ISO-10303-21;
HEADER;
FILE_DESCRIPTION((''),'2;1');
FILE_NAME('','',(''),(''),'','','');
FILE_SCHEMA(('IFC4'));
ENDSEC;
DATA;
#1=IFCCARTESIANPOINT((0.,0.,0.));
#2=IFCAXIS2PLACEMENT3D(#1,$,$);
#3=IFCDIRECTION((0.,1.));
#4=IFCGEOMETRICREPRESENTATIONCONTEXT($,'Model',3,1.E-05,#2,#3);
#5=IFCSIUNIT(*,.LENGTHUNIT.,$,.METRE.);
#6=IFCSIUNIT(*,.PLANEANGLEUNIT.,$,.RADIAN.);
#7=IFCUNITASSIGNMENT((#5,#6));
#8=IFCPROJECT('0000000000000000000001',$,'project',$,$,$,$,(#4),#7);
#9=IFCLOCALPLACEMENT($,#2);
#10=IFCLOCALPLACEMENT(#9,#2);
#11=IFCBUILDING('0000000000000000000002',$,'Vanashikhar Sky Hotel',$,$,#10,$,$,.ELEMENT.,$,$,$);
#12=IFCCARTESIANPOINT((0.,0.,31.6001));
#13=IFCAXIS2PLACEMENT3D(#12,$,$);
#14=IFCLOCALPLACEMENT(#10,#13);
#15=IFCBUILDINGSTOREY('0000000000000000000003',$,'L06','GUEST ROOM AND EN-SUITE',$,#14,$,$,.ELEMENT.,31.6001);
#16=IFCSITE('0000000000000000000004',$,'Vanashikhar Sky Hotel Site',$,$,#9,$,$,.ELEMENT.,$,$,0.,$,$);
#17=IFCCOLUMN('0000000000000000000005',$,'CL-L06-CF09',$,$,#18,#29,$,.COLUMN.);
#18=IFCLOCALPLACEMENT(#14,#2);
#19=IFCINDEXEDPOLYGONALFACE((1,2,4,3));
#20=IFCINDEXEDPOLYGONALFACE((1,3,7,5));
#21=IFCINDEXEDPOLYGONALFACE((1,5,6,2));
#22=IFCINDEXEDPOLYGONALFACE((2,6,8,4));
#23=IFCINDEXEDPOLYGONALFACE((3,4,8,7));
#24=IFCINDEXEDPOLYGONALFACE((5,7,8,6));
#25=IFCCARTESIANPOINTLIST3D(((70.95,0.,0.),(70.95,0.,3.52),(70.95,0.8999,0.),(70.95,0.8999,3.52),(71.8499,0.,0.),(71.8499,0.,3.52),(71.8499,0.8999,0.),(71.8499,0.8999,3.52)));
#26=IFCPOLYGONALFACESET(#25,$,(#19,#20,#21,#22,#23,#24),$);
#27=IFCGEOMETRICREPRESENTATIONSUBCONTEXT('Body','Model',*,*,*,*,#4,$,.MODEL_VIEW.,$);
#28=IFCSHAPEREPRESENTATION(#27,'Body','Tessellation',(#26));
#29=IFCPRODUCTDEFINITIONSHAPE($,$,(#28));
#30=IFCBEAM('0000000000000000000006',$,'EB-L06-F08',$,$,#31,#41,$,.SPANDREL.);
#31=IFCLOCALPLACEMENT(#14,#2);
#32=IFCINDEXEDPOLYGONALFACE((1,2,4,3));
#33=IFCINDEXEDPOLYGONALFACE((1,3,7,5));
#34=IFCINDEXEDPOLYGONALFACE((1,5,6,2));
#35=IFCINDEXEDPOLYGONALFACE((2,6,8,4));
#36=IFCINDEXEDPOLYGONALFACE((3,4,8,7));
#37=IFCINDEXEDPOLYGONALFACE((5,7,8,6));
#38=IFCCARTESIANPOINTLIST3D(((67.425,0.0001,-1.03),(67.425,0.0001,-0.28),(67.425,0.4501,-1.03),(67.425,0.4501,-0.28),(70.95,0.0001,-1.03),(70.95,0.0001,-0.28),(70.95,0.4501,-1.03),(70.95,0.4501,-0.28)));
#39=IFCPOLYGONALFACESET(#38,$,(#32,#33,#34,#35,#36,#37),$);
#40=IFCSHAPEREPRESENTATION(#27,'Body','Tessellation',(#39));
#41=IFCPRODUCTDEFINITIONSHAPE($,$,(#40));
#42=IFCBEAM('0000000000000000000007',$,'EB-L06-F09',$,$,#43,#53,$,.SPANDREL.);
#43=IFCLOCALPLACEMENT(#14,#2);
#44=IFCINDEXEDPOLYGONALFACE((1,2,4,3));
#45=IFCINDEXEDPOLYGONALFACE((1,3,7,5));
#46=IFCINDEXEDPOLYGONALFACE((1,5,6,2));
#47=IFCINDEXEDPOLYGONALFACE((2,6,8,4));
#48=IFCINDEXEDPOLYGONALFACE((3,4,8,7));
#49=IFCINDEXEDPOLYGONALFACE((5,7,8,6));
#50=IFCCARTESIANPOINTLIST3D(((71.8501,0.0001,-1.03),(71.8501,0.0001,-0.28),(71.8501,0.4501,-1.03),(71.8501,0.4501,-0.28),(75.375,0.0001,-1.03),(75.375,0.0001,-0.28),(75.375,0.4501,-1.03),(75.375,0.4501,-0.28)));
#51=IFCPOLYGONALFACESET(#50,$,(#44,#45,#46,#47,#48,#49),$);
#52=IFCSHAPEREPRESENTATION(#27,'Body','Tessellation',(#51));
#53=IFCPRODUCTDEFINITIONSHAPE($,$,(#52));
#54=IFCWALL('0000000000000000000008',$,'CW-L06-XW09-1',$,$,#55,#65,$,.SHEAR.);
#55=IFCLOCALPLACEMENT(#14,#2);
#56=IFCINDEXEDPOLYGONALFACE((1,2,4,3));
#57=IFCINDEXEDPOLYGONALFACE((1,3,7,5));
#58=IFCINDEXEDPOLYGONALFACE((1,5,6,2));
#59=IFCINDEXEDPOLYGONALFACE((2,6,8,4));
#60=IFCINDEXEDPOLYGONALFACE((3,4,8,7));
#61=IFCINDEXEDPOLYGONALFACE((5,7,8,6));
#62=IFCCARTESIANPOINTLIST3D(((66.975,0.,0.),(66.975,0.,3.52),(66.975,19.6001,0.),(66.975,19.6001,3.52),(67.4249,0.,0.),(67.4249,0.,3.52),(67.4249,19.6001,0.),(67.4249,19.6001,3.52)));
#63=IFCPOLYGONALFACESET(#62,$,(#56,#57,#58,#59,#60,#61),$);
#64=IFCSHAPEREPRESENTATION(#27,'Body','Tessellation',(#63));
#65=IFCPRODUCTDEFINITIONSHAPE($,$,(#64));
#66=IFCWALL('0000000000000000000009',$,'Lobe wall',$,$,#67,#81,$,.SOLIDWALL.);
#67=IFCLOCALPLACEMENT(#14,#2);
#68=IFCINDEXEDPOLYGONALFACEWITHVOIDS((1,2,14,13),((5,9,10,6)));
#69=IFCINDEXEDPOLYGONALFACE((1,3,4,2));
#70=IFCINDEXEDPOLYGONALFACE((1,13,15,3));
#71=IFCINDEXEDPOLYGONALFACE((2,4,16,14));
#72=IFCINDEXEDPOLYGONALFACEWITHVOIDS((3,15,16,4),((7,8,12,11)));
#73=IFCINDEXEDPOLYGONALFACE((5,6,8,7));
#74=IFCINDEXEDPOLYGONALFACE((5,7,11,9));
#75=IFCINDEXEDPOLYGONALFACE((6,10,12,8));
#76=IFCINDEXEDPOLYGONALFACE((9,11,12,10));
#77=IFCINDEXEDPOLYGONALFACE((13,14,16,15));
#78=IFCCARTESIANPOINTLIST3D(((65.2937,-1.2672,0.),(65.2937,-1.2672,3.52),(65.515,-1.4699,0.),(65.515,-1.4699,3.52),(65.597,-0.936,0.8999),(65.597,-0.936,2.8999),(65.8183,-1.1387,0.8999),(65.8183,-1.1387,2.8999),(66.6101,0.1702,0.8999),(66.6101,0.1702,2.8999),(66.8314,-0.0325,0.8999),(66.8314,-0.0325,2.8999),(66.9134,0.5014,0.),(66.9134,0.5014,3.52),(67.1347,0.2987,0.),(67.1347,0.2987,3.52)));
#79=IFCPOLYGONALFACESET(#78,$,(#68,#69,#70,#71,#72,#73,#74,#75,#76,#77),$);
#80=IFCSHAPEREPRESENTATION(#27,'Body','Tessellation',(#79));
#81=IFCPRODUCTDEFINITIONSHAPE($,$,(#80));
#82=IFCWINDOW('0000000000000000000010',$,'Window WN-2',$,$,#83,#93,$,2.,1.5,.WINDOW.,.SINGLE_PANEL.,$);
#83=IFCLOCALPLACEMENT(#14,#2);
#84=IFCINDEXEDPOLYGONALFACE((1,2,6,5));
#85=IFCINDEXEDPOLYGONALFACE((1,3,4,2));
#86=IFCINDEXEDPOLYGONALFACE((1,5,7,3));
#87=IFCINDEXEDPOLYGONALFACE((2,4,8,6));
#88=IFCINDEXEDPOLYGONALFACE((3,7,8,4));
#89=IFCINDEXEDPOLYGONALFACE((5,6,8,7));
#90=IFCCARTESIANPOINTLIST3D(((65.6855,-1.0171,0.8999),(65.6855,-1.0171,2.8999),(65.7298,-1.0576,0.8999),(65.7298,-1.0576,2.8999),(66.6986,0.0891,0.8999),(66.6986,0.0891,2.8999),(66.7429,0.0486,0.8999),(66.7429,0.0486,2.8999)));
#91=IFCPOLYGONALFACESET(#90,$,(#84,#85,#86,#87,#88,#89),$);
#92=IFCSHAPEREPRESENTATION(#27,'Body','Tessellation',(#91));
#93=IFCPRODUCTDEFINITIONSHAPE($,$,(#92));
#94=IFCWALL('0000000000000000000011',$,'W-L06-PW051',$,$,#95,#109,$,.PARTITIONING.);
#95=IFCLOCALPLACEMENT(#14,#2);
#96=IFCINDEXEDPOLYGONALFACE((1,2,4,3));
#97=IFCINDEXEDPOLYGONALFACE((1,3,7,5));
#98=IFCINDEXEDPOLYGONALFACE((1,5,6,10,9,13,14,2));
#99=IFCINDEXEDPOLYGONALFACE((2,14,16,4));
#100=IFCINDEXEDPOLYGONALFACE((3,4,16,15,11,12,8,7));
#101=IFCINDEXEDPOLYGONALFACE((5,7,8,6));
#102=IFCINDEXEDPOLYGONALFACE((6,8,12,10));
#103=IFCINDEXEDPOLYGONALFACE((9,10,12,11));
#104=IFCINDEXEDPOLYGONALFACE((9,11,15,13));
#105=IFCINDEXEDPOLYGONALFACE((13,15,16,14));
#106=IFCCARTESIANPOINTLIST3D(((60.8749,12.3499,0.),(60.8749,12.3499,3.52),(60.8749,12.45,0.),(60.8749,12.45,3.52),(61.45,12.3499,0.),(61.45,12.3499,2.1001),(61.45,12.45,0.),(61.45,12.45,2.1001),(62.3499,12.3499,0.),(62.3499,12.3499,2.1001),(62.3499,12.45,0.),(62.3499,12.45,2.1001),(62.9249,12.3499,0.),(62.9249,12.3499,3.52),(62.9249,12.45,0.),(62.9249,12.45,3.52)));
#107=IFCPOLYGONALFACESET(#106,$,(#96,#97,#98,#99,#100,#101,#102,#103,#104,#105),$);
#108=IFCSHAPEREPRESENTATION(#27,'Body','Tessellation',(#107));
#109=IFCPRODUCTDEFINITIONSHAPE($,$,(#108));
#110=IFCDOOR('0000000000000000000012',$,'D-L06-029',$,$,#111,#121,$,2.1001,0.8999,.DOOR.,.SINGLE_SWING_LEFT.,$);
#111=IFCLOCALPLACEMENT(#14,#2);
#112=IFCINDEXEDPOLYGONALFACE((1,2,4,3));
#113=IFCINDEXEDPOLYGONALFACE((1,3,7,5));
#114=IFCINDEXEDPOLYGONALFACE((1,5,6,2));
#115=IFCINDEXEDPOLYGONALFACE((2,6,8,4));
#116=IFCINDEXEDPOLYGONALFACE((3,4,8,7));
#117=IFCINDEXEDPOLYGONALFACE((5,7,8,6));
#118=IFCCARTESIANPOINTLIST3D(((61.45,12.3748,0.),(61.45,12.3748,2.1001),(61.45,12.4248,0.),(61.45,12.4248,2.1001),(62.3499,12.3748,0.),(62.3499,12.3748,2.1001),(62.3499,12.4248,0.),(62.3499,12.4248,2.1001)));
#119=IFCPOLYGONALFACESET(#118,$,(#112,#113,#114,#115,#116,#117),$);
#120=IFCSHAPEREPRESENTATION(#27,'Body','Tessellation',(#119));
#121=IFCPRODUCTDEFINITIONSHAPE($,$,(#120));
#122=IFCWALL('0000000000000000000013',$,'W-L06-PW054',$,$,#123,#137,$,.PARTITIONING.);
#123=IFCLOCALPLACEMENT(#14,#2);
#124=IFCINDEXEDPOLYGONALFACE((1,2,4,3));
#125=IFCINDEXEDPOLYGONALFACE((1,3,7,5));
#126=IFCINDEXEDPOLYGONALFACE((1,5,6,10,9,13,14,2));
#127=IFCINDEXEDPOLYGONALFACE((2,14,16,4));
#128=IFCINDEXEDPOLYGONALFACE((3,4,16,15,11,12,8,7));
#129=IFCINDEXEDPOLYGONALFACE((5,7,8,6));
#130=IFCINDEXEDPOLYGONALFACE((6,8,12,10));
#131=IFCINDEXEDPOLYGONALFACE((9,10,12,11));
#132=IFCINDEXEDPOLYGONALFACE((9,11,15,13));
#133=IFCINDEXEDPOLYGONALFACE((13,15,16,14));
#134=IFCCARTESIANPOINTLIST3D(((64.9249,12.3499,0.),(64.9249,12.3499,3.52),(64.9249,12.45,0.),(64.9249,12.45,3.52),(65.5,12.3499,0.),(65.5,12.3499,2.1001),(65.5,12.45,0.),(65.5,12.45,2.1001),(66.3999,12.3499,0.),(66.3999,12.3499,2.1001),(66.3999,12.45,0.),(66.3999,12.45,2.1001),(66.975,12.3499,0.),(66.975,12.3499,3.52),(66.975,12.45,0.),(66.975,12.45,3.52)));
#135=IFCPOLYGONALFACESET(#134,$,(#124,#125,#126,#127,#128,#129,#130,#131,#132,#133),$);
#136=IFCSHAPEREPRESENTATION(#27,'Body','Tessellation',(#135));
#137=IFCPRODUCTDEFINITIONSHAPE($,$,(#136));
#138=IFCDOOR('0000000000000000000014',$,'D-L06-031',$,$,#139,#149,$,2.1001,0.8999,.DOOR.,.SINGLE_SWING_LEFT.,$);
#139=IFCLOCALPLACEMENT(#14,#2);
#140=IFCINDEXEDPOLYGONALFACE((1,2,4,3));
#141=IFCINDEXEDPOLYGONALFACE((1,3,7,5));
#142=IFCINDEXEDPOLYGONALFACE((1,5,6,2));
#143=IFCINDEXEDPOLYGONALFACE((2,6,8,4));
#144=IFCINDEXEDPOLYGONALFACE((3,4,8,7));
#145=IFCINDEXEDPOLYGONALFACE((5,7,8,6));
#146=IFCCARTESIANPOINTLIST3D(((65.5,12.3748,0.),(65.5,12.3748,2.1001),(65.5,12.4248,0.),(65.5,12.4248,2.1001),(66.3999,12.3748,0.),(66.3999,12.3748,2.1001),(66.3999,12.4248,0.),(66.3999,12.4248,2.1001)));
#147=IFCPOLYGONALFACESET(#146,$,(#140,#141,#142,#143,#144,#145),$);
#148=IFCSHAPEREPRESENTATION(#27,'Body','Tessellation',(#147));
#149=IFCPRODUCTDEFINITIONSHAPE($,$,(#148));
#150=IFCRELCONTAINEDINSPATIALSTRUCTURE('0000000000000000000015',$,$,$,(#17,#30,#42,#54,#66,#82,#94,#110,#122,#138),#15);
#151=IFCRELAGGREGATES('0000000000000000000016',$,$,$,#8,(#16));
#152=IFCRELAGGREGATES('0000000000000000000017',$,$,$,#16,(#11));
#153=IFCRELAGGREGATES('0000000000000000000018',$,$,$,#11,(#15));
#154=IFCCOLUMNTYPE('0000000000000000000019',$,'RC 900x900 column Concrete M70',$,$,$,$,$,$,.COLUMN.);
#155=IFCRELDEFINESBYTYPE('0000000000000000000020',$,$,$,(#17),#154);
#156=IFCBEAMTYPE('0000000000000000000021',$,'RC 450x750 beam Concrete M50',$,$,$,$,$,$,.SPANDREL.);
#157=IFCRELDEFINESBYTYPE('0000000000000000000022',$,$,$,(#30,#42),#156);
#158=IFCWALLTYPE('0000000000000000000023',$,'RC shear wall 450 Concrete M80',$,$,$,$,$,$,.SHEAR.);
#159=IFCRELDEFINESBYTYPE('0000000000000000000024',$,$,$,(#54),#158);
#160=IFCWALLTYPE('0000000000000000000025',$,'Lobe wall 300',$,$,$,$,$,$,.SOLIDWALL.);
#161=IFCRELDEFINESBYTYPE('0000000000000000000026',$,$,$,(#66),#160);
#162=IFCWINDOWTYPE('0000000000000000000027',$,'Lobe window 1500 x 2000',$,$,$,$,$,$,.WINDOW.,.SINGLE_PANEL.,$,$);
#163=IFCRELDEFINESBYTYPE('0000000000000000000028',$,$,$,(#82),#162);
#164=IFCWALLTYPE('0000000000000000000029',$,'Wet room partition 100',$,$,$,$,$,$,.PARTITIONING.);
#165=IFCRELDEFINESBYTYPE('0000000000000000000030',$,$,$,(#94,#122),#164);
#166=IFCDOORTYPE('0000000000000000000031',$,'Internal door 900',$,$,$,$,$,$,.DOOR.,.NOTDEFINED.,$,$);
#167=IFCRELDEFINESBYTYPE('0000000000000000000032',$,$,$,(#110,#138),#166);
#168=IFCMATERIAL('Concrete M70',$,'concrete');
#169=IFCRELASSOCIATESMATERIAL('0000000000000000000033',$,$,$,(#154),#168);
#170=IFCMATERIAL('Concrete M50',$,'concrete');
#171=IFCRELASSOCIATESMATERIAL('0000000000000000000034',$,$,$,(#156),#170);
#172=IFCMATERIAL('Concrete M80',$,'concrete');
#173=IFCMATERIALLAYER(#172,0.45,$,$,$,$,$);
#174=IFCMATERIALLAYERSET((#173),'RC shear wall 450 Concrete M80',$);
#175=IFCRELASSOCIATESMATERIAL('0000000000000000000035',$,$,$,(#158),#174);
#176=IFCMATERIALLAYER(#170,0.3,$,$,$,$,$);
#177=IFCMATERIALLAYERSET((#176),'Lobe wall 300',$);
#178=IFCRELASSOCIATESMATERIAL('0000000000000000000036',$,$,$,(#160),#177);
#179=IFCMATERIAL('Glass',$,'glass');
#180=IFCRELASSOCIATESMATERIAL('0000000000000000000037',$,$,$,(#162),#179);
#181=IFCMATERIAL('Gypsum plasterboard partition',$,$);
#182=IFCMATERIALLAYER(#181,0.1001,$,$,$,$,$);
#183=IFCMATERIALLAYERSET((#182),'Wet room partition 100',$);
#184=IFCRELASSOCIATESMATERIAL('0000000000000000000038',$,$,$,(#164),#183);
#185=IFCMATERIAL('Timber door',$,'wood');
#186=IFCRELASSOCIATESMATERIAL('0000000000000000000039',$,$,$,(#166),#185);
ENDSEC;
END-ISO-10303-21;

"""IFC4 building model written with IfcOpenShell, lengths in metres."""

from ifc_helpers import new_model, si_unit, direction, frame, frame_2d, origin, origin_2d, place, context, subcontext, project, spatial, rectangle, extrude, source, transform, mapped, material, layer, layer_set, material_profile, profile_set, type_object, element, fill, save


model = new_model("IFC4")

# Units and contexts
model_context = context("Model", 3, precision=1e-05, world=origin(), true_north=direction((0.0, 1.0)))
body_context = subcontext(model_context, "Body", "Model", "MODEL_VIEW")
ifc_project = project(units=[si_unit("LENGTHUNIT", "METRE"), si_unit("PLANEANGLEUNIT", "RADIAN")], contexts=[model_context])

# Site, building, storey
site_placement = place(None, origin())
site = spatial("IfcSite", under=ifc_project, at=site_placement, Name="Vanashikhar Sky Hotel Site", CompositionType="ELEMENT", RefElevation=0.0)
building_placement = place(site_placement, origin())
building = spatial("IfcBuilding", under=site, at=building_placement, Name="Vanashikhar Sky Hotel", CompositionType="ELEMENT")
storey_placement = place(building_placement, frame((0.0, 0.0, 31.6001)))
storey = spatial("IfcBuildingStorey", under=building, at=storey_placement, Name="L06", Description="GUEST ROOM AND EN-SUITE", CompositionType="ELEMENT", Elevation=31.6001)

# Column
ifc_material_1 = material(Name="Concrete M70", Category="concrete")
ifc_material_profile_1 = material_profile(ifc_material_1, rectangle(XDim=0.8999, YDim=0.8999, at=origin_2d()))
ifc_profile_set_1 = profile_set([ifc_material_profile_1], Name="RC 900x900 column Concrete M70")
column_type = type_object("IfcColumnType", Name="RC 900x900 column Concrete M70", PredefinedType="COLUMN", material=ifc_profile_set_1)
shared_shape_1 = source(origin(), body_context, "Body", "SweptSolid", [
    extrude(rectangle(XDim=0.8999, YDim=0.8999, at=origin_2d()), origin(), (0.0, 0.0, 1.0), 3.52),
])
column_placement = place(storey_placement, frame((71.3999, 0.45, 0.0), z_axis=(0.0, 0.0, 1.0), x_axis=(1.0, 0.0, 0.0)))
element("IfcColumn", 1, at=column_placement, inside=storey, type_object=column_type, Name="CL-L06-CF09", PredefinedType="COLUMN", context=body_context, shape_type="MappedRepresentation", body=[
    mapped(shared_shape_1, transform((0.0, 0.0, 0.0), scale=1.0)),
])

# Beams
ifc_material_2 = material(Name="Concrete M50", Category="concrete")
ifc_material_profile_2 = material_profile(ifc_material_2, rectangle(XDim=0.45, YDim=0.75, at=origin_2d()))
ifc_profile_set_2 = profile_set([ifc_material_profile_2], Name="RC 450x750 beam Concrete M50")
beam_type = type_object("IfcBeamType", Name="RC 450x750 beam Concrete M50", PredefinedType="SPANDREL", material=ifc_profile_set_2)
shared_shape_2 = source(origin(), body_context, "Body", "SweptSolid", [
    extrude(rectangle(XDim=0.45, YDim=0.75, at=origin_2d()), origin(), (0.0, 0.0, 1.0), 3.5249),
])
for number, where, z_axis, x_axis, name in (
    (2, (67.425, 0.2251, -0.655), (1.0, 0.0, 0.0), (0.0, 1.0, 0.0), "EB-L06-F08"),
    (3, (71.8501, 0.2251, -0.655), (1.0, 0.0, 0.0), (0.0, 1.0, 0.0), "EB-L06-F09"),
):
    element("IfcBeam", number, at=place(storey_placement, frame(where, z_axis=z_axis, x_axis=x_axis)), inside=storey, type_object=beam_type, Name=name, PredefinedType="SPANDREL", context=body_context, shape_type="MappedRepresentation", body=[
        mapped(shared_shape_2, transform((0.0, 0.0, 0.0), scale=1.0)),
    ])

# Wall
ifc_material_3 = material(Name="Concrete M80", Category="concrete")
ifc_layer_1 = layer(ifc_material_3, 0.45)
ifc_layer_set_1 = layer_set([ifc_layer_1], Name="RC shear wall 450 Concrete M80")
wall_type_1 = type_object("IfcWallType", Name="RC shear wall 450 Concrete M80", PredefinedType="SHEAR", material=ifc_layer_set_1)
shared_shape_3 = source(origin(), body_context, "Body", "SweptSolid", [
    extrude(rectangle(XDim=19.6001, YDim=0.45, at=frame_2d((9.8, 0.0))), origin(), (0.0, 0.0, 1.0), 3.52),
])
wall_1_placement = place(storey_placement, frame((67.2, 0.0, 0.0), z_axis=(0.0, 0.0, 1.0), x_axis=(0.0, 1.0, 0.0)))
element("IfcWall", 4, at=wall_1_placement, inside=storey, type_object=wall_type_1, Name="CW-L06-XW09-1", PredefinedType="SHEAR", context=body_context, shape_type="MappedRepresentation", body=[
    mapped(shared_shape_3, transform((0.0, 0.0, 0.0), scale=1.0)),
])

# Shared definitions
ifc_material_4 = material(Name="Glass", Category="glass")

# Wall, opening, window
ifc_layer_2 = layer(ifc_material_2, 0.3)
ifc_layer_set_2 = layer_set([ifc_layer_2], Name="Lobe wall 300")
wall_type_2 = type_object("IfcWallType", Name="Lobe wall 300", PredefinedType="SOLIDWALL", material=ifc_layer_set_2)
shared_shape_4 = source(origin(), body_context, "Body", "SweptSolid", [
    extrude(rectangle(XDim=2.3982, YDim=0.3, at=frame_2d((1.1992, 0.0))), origin(), (0.0, 0.0, 1.0), 3.52),
])
wall_2_placement = place(storey_placement, frame((65.4043, -1.3687, 0.0), z_axis=(0.0, 0.0, 1.0), x_axis=(0.675374, 0.737475, 0.0)))
wall_2 = element("IfcWall", 5, at=wall_2_placement, inside=storey, type_object=wall_type_2, Name="Lobe wall", PredefinedType="SOLIDWALL", context=body_context, shape_type="MappedRepresentation", body=[
    mapped(shared_shape_4, transform((0.0, 0.0, 0.0), scale=1.0)),
])
shared_shape_5 = source(origin(), body_context, "Body", "SweptSolid", [
    extrude(rectangle(XDim=1.5, YDim=2.0, at=frame_2d((0.75, 1.0))), frame((0.0, 0.1602, 0.0), z_axis=(0.0, -1.0, 0.0), x_axis=(1.0, 0.0, 0.0)), (0.0, 0.0, 1.0), 0.3201),
])
opening_1_placement = place(wall_2_placement, frame((0.4492, 0.0, 0.8999)))
opening_1 = element("IfcOpeningElement", 6, at=opening_1_placement, cuts=wall_2, PredefinedType="OPENING", context=body_context, shape_type="MappedRepresentation", body=[
    mapped(shared_shape_5, transform((0.0, 0.0, 0.0), scale=1.0)),
])
window_type_1 = type_object("IfcWindowType", Name="Lobe window 1500 x 2000", PartitioningType="SINGLE_PANEL", PredefinedType="WINDOW", material=ifc_material_4)
shared_shape_6 = source(origin(), body_context, "Body", "SweptSolid", [
    extrude(rectangle(XDim=1.5, YDim=2.0, at=frame_2d((0.75, 1.0))), frame((0.0, 0.03, 0.0), z_axis=(0.0, -1.0, 0.0), x_axis=(1.0, 0.0, 0.0)), (0.0, 0.0, 1.0), 0.0601),
])
window_1_placement = place(opening_1_placement, origin())
window_1 = element("IfcWindow", 7, at=window_1_placement, inside=storey, type_object=window_type_1, Name="Window WN-2", OverallHeight=2.0, OverallWidth=1.5, PartitioningType="SINGLE_PANEL", PredefinedType="WINDOW", context=body_context, shape_type="MappedRepresentation", body=[
    mapped(shared_shape_6, transform((0.0, 0.0, 0.0), scale=1.0)),
])
fill(opening_1, window_1)

# Walls, openings, doors
ifc_material_5 = material(Name="Gypsum plasterboard partition")
ifc_layer_3 = layer(ifc_material_5, 0.1001)
ifc_layer_set_3 = layer_set([ifc_layer_3], Name="Wet room partition 100")
wall_type_3 = type_object("IfcWallType", Name="Wet room partition 100", PredefinedType="PARTITIONING", material=ifc_layer_set_3)
shared_shape_7 = source(origin(), body_context, "Body", "SweptSolid", [
    extrude(rectangle(XDim=2.05, YDim=0.1001, at=frame_2d((1.0249, 0.0))), origin(), (0.0, 0.0, 1.0), 3.52),
])
wall_3_placement = place(storey_placement, frame((60.875, 12.3999, 0.0), z_axis=(0.0, 0.0, 1.0), x_axis=(1.0, 0.0, 0.0)))
wall_3 = element("IfcWall", 8, at=wall_3_placement, inside=storey, type_object=wall_type_3, Name="W-L06-PW051", PredefinedType="PARTITIONING", context=body_context, shape_type="MappedRepresentation", body=[
    mapped(shared_shape_7, transform((0.0, 0.0, 0.0), scale=1.0)),
])
shared_shape_8 = source(origin(), body_context, "Body", "SweptSolid", [
    extrude(rectangle(XDim=0.8999, YDim=2.1001, at=frame_2d((0.45, 1.05))), frame((0.0, 0.0601, 0.0), z_axis=(0.0, -1.0, 0.0), x_axis=(1.0, 0.0, 0.0)), (0.0, 0.0, 1.0), 0.1201),
])
opening_2_placement = place(wall_3_placement, frame((0.575, 0.0, 0.0)))
opening_2 = element("IfcOpeningElement", 9, at=opening_2_placement, cuts=wall_3, PredefinedType="OPENING", context=body_context, shape_type="MappedRepresentation", body=[
    mapped(shared_shape_8, transform((0.0, 0.0, 0.0), scale=1.0)),
])
ifc_material_6 = material(Name="Timber door", Category="wood")
door_type_1 = type_object("IfcDoorType", Name="Internal door 900", OperationType="NOTDEFINED", PredefinedType="DOOR", material=ifc_material_6)
shared_shape_9 = source(origin(), body_context, "Body", "SweptSolid", [
    extrude(rectangle(XDim=0.8999, YDim=2.1001, at=frame_2d((0.45, 1.05))), frame((0.0, 0.0249, 0.0), z_axis=(0.0, -1.0, 0.0), x_axis=(1.0, 0.0, 0.0)), (0.0, 0.0, 1.0), 0.05),
])
door_1_placement = place(opening_2_placement, origin())
door_1 = element("IfcDoor", 10, at=door_1_placement, inside=storey, type_object=door_type_1, Name="D-L06-029", OperationType="SINGLE_SWING_LEFT", OverallHeight=2.1001, OverallWidth=0.8999, PredefinedType="DOOR", context=body_context, shape_type="MappedRepresentation", body=[
    mapped(shared_shape_9, transform((0.0, 0.0, 0.0), scale=1.0)),
])
fill(opening_2, door_1)
wall_4_placement = place(storey_placement, frame((64.925, 12.3999, 0.0), z_axis=(0.0, 0.0, 1.0), x_axis=(1.0, 0.0, 0.0)))
wall_4 = element("IfcWall", 11, at=wall_4_placement, inside=storey, type_object=wall_type_3, Name="W-L06-PW054", PredefinedType="PARTITIONING", context=body_context, shape_type="MappedRepresentation", body=[
    mapped(shared_shape_7, transform((0.0, 0.0, 0.0), scale=1.0)),
])
opening_3_placement = place(wall_4_placement, frame((0.575, 0.0, 0.0)))
opening_3 = element("IfcOpeningElement", 12, at=opening_3_placement, cuts=wall_4, PredefinedType="OPENING", context=body_context, shape_type="MappedRepresentation", body=[
    mapped(shared_shape_8, transform((0.0, 0.0, 0.0), scale=1.0)),
])
door_2_placement = place(opening_3_placement, origin())
door_2 = element("IfcDoor", 13, at=door_2_placement, inside=storey, type_object=door_type_1, Name="D-L06-031", OperationType="SINGLE_SWING_LEFT", OverallHeight=2.1001, OverallWidth=0.8999, PredefinedType="DOOR", context=body_context, shape_type="MappedRepresentation", body=[
    mapped(shared_shape_9, transform((0.0, 0.0, 0.0), scale=1.0)),
])
fill(opening_3, door_2)

save(model, "model.ifc")
